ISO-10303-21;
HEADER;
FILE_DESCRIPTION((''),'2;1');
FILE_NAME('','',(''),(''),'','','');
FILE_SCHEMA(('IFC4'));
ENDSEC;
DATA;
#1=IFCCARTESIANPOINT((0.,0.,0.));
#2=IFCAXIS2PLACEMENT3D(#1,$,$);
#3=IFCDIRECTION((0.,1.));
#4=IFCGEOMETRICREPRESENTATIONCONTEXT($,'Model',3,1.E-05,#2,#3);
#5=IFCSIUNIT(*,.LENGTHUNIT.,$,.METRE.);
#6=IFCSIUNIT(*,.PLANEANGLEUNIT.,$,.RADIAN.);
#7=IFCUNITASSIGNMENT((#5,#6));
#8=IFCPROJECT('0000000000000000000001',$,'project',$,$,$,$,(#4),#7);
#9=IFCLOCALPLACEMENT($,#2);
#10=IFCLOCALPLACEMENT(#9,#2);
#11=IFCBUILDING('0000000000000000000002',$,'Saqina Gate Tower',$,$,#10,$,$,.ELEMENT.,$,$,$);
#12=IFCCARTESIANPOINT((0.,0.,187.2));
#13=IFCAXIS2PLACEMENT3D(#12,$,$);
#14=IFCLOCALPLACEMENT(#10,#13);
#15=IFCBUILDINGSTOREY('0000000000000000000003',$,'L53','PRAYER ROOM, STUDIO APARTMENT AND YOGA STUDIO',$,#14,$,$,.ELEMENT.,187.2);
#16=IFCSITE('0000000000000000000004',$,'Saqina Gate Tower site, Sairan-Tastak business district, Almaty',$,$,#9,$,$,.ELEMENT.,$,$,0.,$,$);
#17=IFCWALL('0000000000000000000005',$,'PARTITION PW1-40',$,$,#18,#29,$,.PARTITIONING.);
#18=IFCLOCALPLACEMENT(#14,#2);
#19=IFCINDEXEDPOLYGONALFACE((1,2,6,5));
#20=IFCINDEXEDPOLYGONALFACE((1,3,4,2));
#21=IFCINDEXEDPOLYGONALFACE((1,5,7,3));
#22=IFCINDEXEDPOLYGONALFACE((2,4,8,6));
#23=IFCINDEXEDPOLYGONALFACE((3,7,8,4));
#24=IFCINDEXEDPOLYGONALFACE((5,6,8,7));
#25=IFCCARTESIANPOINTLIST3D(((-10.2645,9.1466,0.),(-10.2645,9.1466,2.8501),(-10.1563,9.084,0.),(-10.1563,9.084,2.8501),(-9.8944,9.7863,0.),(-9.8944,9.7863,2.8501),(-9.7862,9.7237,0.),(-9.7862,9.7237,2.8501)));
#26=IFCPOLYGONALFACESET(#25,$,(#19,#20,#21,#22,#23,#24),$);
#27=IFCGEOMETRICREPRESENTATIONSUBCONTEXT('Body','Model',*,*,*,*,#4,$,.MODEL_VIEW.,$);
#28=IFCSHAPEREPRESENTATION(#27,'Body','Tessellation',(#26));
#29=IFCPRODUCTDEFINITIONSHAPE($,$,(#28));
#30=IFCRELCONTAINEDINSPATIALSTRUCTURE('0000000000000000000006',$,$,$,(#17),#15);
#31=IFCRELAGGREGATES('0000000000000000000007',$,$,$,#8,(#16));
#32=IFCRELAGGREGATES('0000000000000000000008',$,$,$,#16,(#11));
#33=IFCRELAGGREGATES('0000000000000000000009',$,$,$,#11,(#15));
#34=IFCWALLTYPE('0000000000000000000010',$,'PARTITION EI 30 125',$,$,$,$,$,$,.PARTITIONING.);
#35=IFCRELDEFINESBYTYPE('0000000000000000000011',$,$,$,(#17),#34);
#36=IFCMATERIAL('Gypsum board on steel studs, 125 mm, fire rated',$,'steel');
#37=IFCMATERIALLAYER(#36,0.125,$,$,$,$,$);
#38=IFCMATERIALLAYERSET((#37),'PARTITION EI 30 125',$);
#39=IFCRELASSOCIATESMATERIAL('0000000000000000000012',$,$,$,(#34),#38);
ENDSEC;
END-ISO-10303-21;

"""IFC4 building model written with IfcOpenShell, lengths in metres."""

from ifc_helpers import new_model, si_unit, direction, frame, frame_2d, origin, place, context, subcontext, project, spatial, rectangle, extrude, material, layer, layer_set, type_object, element, save


model = new_model("IFC4")

# Units and contexts
model_context = context("Model", 3, precision=1e-05, world=origin(), true_north=direction((0.0, 1.0)))
body_context = subcontext(model_context, "Body", "Model", "MODEL_VIEW")
ifc_project = project(units=[si_unit("LENGTHUNIT", "METRE"), si_unit("PLANEANGLEUNIT", "RADIAN")], contexts=[model_context])

# Site, building, storey
site_placement = place(None, origin())
site = spatial("IfcSite", under=ifc_project, at=site_placement, Name="Saqina Gate Tower site, Sairan-Tastak business district, Almaty", CompositionType="ELEMENT", RefElevation=0.0)
building_placement = place(site_placement, origin())
building = spatial("IfcBuilding", under=site, at=building_placement, Name="Saqina Gate Tower", CompositionType="ELEMENT")
storey_placement = place(building_placement, frame((0.0, 0.0, 187.2)))
storey = spatial("IfcBuildingStorey", under=building, at=storey_placement, Name="L53", Description="PRAYER ROOM, STUDIO APARTMENT AND YOGA STUDIO", CompositionType="ELEMENT", Elevation=187.2)

# Shared definitions
ifc_material_1 = material(Name="Gypsum board on steel studs, 125 mm, fire rated", Category="steel")
ifc_layer_1 = layer(ifc_material_1, 0.125)
ifc_layer_set_1 = layer_set([ifc_layer_1], Name="PARTITION EI 30 125")
wall_type_1 = type_object("IfcWallType", Name="PARTITION EI 30 125", PredefinedType="PARTITIONING", material=ifc_layer_set_1)

# Wall
wall_1_placement = place(storey_placement, frame((-10.2104, 9.1152, 0.0), z_axis=(0.0, 0.0, 1.0), x_axis=(0.500828, 0.865547, 0.0)))
element("IfcWall", 1, at=wall_1_placement, inside=storey, type_object=wall_type_1, Name="PARTITION PW1-40", PredefinedType="PARTITIONING", context=body_context, shape_type="SweptSolid", body=[
    extrude(rectangle(XDim=0.739, YDim=0.125, at=frame_2d((0.3696, 0.0))), origin(), (0.0, 0.0, 1.0), 2.8501),
])

save(model, "model.ifc")
